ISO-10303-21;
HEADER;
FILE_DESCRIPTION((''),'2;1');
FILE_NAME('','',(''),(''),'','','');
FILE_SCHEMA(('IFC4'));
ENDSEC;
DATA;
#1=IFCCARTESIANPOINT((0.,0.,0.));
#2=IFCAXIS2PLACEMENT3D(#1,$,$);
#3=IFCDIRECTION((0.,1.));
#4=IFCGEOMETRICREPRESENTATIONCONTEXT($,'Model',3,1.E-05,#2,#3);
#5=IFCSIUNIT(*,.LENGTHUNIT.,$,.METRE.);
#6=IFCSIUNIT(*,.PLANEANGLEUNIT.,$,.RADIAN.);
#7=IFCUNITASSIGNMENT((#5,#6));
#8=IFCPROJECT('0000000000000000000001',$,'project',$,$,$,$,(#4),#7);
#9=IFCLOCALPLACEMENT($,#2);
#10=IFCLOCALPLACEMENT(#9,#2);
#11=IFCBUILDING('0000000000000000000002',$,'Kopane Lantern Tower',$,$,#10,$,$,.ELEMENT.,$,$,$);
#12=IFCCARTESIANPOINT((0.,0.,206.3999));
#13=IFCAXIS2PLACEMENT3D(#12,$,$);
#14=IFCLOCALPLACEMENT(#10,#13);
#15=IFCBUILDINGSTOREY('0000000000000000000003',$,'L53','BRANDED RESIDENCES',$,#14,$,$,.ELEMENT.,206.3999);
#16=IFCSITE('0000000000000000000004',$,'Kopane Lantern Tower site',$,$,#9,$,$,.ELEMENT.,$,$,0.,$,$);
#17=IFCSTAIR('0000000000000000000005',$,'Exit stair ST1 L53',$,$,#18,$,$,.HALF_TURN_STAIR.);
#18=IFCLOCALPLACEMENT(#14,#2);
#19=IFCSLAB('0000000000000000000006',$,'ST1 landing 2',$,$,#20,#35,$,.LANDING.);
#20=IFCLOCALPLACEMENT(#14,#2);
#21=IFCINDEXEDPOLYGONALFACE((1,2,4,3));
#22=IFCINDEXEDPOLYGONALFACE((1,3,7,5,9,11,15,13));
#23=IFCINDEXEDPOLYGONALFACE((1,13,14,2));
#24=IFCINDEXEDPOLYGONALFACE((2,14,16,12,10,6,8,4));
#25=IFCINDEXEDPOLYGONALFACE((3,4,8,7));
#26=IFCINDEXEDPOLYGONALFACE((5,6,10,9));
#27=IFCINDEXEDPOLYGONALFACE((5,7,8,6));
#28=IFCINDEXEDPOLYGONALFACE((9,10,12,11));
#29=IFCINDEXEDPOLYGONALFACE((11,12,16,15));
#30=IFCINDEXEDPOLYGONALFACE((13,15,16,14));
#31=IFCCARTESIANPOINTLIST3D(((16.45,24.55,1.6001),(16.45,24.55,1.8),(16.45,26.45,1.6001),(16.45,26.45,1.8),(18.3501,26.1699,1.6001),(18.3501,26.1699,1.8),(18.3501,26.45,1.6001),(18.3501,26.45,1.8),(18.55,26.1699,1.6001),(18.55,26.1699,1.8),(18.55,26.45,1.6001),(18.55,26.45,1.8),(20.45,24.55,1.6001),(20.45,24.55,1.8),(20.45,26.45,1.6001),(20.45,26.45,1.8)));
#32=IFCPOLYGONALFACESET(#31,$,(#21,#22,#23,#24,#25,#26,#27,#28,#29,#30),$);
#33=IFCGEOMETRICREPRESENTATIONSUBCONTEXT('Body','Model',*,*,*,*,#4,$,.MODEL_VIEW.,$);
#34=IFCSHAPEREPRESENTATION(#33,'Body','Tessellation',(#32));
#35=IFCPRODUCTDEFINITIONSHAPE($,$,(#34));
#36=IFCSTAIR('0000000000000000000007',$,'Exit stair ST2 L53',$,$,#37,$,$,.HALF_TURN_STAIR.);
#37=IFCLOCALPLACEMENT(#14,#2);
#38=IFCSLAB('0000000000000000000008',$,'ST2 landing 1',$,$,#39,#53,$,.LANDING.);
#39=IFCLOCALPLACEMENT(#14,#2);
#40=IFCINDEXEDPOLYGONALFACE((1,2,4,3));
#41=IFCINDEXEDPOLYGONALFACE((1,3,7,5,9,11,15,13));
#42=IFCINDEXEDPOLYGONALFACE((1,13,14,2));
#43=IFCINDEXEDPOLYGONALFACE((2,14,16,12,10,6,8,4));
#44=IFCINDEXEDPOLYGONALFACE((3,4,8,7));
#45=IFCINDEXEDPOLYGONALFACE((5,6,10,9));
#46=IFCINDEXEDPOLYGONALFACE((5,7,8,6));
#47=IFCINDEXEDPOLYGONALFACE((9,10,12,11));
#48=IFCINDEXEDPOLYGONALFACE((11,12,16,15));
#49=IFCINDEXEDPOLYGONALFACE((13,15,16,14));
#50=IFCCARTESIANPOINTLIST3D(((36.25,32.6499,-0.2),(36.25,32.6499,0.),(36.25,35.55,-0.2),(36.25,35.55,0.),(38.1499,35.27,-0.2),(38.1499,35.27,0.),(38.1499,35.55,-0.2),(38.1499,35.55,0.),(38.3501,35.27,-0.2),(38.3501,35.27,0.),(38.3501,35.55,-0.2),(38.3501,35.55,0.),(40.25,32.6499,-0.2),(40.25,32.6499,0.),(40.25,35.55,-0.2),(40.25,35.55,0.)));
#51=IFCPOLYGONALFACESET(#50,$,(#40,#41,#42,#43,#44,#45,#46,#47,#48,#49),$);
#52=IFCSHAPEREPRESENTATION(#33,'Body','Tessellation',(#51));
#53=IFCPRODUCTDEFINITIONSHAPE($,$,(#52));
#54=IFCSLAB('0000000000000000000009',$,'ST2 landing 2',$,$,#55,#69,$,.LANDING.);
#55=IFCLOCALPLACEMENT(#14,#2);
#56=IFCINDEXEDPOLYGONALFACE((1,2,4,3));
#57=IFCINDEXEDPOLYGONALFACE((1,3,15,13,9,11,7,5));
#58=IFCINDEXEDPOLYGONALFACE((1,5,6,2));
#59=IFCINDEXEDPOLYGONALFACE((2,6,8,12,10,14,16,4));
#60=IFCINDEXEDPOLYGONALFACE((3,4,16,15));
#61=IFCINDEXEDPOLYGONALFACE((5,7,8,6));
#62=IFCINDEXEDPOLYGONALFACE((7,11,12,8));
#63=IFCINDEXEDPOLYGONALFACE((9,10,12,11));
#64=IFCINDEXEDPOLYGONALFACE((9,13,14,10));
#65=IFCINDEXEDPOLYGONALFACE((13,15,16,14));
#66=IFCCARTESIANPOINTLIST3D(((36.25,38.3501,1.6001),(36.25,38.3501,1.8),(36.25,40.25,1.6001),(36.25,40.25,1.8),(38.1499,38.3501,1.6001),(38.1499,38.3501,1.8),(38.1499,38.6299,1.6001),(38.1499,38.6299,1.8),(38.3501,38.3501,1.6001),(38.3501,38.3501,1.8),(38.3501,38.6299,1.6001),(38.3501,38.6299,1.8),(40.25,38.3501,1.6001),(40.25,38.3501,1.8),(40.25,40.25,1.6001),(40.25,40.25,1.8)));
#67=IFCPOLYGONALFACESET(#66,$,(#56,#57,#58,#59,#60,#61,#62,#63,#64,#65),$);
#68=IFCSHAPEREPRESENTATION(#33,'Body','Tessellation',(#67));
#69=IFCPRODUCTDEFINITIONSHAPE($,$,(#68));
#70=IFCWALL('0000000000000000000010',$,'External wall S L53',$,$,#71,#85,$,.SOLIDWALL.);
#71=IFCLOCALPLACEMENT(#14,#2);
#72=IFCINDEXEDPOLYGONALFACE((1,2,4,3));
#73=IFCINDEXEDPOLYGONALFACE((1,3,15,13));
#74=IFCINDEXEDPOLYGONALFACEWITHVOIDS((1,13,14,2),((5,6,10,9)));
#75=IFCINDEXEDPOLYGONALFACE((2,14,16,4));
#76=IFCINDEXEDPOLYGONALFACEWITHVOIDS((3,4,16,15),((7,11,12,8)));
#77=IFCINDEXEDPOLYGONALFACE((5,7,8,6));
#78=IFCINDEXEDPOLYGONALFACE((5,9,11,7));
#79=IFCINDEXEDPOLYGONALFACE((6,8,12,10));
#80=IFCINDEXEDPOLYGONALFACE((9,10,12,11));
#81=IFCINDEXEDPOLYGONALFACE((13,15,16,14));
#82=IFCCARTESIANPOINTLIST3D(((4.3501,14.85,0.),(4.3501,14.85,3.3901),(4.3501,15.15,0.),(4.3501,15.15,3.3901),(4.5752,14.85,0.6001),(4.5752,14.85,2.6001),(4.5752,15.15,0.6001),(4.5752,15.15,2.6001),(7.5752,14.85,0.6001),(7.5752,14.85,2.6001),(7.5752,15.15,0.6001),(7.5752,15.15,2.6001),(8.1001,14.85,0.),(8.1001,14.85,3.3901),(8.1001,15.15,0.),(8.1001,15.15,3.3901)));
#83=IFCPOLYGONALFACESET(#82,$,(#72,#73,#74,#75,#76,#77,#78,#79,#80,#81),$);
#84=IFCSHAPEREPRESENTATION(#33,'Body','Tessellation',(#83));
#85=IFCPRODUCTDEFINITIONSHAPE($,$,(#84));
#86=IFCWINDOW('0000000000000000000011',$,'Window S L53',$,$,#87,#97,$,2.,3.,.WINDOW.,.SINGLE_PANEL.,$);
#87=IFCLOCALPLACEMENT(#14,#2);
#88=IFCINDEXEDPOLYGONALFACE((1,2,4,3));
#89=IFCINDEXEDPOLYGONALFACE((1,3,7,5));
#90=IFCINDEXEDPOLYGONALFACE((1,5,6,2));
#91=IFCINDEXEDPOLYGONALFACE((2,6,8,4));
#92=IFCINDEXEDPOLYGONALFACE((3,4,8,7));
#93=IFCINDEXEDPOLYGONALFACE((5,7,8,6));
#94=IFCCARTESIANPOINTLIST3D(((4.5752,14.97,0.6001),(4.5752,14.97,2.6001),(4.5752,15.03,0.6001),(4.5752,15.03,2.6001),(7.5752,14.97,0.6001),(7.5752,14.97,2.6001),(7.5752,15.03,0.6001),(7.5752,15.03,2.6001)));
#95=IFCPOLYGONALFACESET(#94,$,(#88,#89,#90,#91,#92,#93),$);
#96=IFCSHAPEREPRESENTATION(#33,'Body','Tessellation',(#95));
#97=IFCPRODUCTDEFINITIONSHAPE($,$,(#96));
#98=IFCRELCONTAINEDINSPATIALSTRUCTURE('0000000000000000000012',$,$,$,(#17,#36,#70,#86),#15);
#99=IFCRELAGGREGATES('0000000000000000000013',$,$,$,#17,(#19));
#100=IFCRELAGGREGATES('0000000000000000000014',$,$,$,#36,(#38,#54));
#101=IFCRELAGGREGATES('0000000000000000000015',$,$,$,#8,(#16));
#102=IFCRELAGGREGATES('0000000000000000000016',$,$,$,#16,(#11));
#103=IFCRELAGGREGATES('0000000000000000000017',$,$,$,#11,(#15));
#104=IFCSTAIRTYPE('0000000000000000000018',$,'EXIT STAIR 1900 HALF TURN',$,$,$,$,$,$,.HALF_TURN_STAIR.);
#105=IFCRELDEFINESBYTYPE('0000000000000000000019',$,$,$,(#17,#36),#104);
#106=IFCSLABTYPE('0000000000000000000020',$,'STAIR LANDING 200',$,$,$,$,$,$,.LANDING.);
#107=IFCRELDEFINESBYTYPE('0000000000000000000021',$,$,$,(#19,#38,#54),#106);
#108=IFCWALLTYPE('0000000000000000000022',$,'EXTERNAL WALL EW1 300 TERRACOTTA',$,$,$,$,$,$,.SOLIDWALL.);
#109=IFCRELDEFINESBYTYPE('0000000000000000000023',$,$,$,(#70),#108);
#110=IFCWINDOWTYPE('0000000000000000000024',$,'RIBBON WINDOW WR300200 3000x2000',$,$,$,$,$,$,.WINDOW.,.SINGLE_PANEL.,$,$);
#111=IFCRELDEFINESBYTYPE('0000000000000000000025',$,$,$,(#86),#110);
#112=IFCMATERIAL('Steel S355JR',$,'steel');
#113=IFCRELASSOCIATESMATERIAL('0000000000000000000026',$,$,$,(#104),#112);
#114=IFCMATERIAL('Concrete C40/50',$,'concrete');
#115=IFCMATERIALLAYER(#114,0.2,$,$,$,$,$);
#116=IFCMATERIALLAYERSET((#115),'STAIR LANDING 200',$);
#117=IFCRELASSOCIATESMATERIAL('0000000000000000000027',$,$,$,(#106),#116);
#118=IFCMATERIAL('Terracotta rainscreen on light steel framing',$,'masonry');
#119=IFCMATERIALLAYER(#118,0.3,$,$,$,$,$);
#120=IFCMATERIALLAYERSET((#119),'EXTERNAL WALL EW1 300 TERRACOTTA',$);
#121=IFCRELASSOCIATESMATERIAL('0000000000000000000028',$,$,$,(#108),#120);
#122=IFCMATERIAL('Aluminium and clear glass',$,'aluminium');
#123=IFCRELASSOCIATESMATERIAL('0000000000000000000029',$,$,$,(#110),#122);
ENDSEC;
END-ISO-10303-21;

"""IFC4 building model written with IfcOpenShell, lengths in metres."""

from ifc_helpers import new_model, si_unit, direction, frame, frame_2d, origin, place, context, subcontext, project, spatial, polyline, rectangle, outline, extrude, material, layer, layer_set, type_object, element, fill, aggregate, save


model = new_model("IFC4")

# Units and contexts
model_context = context("Model", 3, precision=1e-05, world=origin(), true_north=direction((0.0, 1.0)))
body_context = subcontext(model_context, "Body", "Model", "MODEL_VIEW")
ifc_project = project(units=[si_unit("LENGTHUNIT", "METRE"), si_unit("PLANEANGLEUNIT", "RADIAN")], contexts=[model_context])

# Site, building, storey
site_placement = place(None, origin())
site = spatial("IfcSite", under=ifc_project, at=site_placement, Name="Kopane Lantern Tower site", CompositionType="ELEMENT", RefElevation=0.0)
building_placement = place(site_placement, origin())
building = spatial("IfcBuilding", under=site, at=building_placement, Name="Kopane Lantern Tower", CompositionType="ELEMENT")
storey_placement = place(building_placement, frame((0.0, 0.0, 206.3999)))
storey = spatial("IfcBuildingStorey", under=building, at=storey_placement, Name="L53", Description="BRANDED RESIDENCES", CompositionType="ELEMENT", Elevation=206.3999)

# Stairs, slabs
ifc_material_1 = material(Name="Steel S355JR", Category="steel")
stair_type = type_object("IfcStairType", Name="EXIT STAIR 1900 HALF TURN", PredefinedType="HALF_TURN_STAIR", material=ifc_material_1)
stair_1_placement = place(storey_placement, origin())
stair_1 = element("IfcStair", 1, at=stair_1_placement, inside=storey, type_object=stair_type, Name="Exit stair ST1 L53", PredefinedType="HALF_TURN_STAIR")
ifc_material_2 = material(Name="Concrete C40/50", Category="concrete")
ifc_layer_1 = layer(ifc_material_2, 0.2)
ifc_layer_set_1 = layer_set([ifc_layer_1], Name="STAIR LANDING 200")
slab_type_1 = type_object("IfcSlabType", Name="STAIR LANDING 200", PredefinedType="LANDING", material=ifc_layer_set_1)
slab_1_placement = place(storey_placement, frame((0.0, 0.0, 1.6001)))
slab_1 = element("IfcSlab", 2, at=slab_1_placement, type_object=slab_type_1, Name="ST1 landing 2", PredefinedType="LANDING", context=body_context, shape_type="SweptSolid", body=[
    extrude(outline(polyline([(20.45, 26.45), (18.55, 26.45), (18.55, 26.1699), (18.3501, 26.1699), (18.3501, 26.45), (16.45, 26.45), (16.45, 24.55), (20.45, 24.55), (20.45, 26.45)])), origin(), (0.0, 0.0, 1.0), 0.2),
])
aggregate(stair_1, [slab_1])
stair_2_placement = place(storey_placement, origin())
stair_2 = element("IfcStair", 3, at=stair_2_placement, inside=storey, type_object=stair_type, Name="Exit stair ST2 L53", PredefinedType="HALF_TURN_STAIR")
slab_2_placement = place(storey_placement, frame((0.0, 0.0, -0.2)))
slab_2 = element("IfcSlab", 4, at=slab_2_placement, type_object=slab_type_1, Name="ST2 landing 1", PredefinedType="LANDING", context=body_context, shape_type="SweptSolid", body=[
    extrude(outline(polyline([(40.25, 35.55), (38.3501, 35.55), (38.3501, 35.27), (38.1499, 35.27), (38.1499, 35.55), (36.25, 35.55), (36.25, 32.6499), (40.25, 32.6499), (40.25, 35.55)])), origin(), (0.0, 0.0, 1.0), 0.2),
])
slab_3_placement = place(storey_placement, frame((0.0, 0.0, 1.6001)))
slab_3 = element("IfcSlab", 5, at=slab_3_placement, type_object=slab_type_1, Name="ST2 landing 2", PredefinedType="LANDING", context=body_context, shape_type="SweptSolid", body=[
    extrude(outline(polyline([(38.1499, 38.6299), (38.3501, 38.6299), (38.3501, 38.3501), (40.25, 38.3501), (40.25, 40.25), (36.25, 40.25), (36.25, 38.3501), (38.1499, 38.3501), (38.1499, 38.6299)])), origin(), (0.0, 0.0, 1.0), 0.2),
])
aggregate(stair_2, [slab_2, slab_3])

# Wall, opening, window
ifc_material_3 = material(Name="Terracotta rainscreen on light steel framing", Category="masonry")
ifc_layer_2 = layer(ifc_material_3, 0.3)
ifc_layer_set_2 = layer_set([ifc_layer_2], Name="EXTERNAL WALL EW1 300 TERRACOTTA")
wall_type = type_object("IfcWallType", Name="EXTERNAL WALL EW1 300 TERRACOTTA", PredefinedType="SOLIDWALL", material=ifc_layer_set_2)
wall_placement = place(storey_placement, frame((4.3501, 15.0, 0.0), z_axis=(0.0, 0.0, 1.0), x_axis=(1.0, 0.0, 0.0)))
wall = element("IfcWall", 6, at=wall_placement, inside=storey, type_object=wall_type, Name="External wall S L53", PredefinedType="SOLIDWALL", context=body_context, shape_type="SweptSolid", body=[
    extrude(rectangle(XDim=3.75, YDim=0.3, at=frame_2d((1.875, 0.0))), origin(), (0.0, 0.0, 1.0), 3.3901),
])
opening_placement = place(wall_placement, frame((0.2251, 0.0, 0.6001)))
opening = element("IfcOpeningElement", 7, at=opening_placement, cuts=wall, PredefinedType="OPENING", context=body_context, shape_type="SweptSolid", body=[
    extrude(rectangle(XDim=3.0, YDim=2.0, at=frame_2d((1.5, 1.0))), frame((0.0, 0.1599, 0.0), z_axis=(0.0, -1.0, 0.0), x_axis=(1.0, 0.0, 0.0)), (0.0, 0.0, 1.0), 0.3201),
])
ifc_material_4 = material(Name="Aluminium and clear glass", Category="aluminium")
window_type = type_object("IfcWindowType", Name="RIBBON WINDOW WR300200 3000x2000", PartitioningType="SINGLE_PANEL", PredefinedType="WINDOW", material=ifc_material_4)
window_placement = place(opening_placement, origin())
window = element("IfcWindow", 8, at=window_placement, inside=storey, type_object=window_type, Name="Window S L53", OverallHeight=2.0, OverallWidth=3.0, PartitioningType="SINGLE_PANEL", PredefinedType="WINDOW", context=body_context, shape_type="SweptSolid", body=[
    extrude(rectangle(XDim=3.0, YDim=2.0, at=frame_2d((1.5, 1.0))), frame((0.0, 0.03, 0.0), z_axis=(0.0, -1.0, 0.0), x_axis=(1.0, 0.0, 0.0)), (0.0, 0.0, 1.0), 0.0601),
])
fill(opening, window)

save(model, "model.ifc")
